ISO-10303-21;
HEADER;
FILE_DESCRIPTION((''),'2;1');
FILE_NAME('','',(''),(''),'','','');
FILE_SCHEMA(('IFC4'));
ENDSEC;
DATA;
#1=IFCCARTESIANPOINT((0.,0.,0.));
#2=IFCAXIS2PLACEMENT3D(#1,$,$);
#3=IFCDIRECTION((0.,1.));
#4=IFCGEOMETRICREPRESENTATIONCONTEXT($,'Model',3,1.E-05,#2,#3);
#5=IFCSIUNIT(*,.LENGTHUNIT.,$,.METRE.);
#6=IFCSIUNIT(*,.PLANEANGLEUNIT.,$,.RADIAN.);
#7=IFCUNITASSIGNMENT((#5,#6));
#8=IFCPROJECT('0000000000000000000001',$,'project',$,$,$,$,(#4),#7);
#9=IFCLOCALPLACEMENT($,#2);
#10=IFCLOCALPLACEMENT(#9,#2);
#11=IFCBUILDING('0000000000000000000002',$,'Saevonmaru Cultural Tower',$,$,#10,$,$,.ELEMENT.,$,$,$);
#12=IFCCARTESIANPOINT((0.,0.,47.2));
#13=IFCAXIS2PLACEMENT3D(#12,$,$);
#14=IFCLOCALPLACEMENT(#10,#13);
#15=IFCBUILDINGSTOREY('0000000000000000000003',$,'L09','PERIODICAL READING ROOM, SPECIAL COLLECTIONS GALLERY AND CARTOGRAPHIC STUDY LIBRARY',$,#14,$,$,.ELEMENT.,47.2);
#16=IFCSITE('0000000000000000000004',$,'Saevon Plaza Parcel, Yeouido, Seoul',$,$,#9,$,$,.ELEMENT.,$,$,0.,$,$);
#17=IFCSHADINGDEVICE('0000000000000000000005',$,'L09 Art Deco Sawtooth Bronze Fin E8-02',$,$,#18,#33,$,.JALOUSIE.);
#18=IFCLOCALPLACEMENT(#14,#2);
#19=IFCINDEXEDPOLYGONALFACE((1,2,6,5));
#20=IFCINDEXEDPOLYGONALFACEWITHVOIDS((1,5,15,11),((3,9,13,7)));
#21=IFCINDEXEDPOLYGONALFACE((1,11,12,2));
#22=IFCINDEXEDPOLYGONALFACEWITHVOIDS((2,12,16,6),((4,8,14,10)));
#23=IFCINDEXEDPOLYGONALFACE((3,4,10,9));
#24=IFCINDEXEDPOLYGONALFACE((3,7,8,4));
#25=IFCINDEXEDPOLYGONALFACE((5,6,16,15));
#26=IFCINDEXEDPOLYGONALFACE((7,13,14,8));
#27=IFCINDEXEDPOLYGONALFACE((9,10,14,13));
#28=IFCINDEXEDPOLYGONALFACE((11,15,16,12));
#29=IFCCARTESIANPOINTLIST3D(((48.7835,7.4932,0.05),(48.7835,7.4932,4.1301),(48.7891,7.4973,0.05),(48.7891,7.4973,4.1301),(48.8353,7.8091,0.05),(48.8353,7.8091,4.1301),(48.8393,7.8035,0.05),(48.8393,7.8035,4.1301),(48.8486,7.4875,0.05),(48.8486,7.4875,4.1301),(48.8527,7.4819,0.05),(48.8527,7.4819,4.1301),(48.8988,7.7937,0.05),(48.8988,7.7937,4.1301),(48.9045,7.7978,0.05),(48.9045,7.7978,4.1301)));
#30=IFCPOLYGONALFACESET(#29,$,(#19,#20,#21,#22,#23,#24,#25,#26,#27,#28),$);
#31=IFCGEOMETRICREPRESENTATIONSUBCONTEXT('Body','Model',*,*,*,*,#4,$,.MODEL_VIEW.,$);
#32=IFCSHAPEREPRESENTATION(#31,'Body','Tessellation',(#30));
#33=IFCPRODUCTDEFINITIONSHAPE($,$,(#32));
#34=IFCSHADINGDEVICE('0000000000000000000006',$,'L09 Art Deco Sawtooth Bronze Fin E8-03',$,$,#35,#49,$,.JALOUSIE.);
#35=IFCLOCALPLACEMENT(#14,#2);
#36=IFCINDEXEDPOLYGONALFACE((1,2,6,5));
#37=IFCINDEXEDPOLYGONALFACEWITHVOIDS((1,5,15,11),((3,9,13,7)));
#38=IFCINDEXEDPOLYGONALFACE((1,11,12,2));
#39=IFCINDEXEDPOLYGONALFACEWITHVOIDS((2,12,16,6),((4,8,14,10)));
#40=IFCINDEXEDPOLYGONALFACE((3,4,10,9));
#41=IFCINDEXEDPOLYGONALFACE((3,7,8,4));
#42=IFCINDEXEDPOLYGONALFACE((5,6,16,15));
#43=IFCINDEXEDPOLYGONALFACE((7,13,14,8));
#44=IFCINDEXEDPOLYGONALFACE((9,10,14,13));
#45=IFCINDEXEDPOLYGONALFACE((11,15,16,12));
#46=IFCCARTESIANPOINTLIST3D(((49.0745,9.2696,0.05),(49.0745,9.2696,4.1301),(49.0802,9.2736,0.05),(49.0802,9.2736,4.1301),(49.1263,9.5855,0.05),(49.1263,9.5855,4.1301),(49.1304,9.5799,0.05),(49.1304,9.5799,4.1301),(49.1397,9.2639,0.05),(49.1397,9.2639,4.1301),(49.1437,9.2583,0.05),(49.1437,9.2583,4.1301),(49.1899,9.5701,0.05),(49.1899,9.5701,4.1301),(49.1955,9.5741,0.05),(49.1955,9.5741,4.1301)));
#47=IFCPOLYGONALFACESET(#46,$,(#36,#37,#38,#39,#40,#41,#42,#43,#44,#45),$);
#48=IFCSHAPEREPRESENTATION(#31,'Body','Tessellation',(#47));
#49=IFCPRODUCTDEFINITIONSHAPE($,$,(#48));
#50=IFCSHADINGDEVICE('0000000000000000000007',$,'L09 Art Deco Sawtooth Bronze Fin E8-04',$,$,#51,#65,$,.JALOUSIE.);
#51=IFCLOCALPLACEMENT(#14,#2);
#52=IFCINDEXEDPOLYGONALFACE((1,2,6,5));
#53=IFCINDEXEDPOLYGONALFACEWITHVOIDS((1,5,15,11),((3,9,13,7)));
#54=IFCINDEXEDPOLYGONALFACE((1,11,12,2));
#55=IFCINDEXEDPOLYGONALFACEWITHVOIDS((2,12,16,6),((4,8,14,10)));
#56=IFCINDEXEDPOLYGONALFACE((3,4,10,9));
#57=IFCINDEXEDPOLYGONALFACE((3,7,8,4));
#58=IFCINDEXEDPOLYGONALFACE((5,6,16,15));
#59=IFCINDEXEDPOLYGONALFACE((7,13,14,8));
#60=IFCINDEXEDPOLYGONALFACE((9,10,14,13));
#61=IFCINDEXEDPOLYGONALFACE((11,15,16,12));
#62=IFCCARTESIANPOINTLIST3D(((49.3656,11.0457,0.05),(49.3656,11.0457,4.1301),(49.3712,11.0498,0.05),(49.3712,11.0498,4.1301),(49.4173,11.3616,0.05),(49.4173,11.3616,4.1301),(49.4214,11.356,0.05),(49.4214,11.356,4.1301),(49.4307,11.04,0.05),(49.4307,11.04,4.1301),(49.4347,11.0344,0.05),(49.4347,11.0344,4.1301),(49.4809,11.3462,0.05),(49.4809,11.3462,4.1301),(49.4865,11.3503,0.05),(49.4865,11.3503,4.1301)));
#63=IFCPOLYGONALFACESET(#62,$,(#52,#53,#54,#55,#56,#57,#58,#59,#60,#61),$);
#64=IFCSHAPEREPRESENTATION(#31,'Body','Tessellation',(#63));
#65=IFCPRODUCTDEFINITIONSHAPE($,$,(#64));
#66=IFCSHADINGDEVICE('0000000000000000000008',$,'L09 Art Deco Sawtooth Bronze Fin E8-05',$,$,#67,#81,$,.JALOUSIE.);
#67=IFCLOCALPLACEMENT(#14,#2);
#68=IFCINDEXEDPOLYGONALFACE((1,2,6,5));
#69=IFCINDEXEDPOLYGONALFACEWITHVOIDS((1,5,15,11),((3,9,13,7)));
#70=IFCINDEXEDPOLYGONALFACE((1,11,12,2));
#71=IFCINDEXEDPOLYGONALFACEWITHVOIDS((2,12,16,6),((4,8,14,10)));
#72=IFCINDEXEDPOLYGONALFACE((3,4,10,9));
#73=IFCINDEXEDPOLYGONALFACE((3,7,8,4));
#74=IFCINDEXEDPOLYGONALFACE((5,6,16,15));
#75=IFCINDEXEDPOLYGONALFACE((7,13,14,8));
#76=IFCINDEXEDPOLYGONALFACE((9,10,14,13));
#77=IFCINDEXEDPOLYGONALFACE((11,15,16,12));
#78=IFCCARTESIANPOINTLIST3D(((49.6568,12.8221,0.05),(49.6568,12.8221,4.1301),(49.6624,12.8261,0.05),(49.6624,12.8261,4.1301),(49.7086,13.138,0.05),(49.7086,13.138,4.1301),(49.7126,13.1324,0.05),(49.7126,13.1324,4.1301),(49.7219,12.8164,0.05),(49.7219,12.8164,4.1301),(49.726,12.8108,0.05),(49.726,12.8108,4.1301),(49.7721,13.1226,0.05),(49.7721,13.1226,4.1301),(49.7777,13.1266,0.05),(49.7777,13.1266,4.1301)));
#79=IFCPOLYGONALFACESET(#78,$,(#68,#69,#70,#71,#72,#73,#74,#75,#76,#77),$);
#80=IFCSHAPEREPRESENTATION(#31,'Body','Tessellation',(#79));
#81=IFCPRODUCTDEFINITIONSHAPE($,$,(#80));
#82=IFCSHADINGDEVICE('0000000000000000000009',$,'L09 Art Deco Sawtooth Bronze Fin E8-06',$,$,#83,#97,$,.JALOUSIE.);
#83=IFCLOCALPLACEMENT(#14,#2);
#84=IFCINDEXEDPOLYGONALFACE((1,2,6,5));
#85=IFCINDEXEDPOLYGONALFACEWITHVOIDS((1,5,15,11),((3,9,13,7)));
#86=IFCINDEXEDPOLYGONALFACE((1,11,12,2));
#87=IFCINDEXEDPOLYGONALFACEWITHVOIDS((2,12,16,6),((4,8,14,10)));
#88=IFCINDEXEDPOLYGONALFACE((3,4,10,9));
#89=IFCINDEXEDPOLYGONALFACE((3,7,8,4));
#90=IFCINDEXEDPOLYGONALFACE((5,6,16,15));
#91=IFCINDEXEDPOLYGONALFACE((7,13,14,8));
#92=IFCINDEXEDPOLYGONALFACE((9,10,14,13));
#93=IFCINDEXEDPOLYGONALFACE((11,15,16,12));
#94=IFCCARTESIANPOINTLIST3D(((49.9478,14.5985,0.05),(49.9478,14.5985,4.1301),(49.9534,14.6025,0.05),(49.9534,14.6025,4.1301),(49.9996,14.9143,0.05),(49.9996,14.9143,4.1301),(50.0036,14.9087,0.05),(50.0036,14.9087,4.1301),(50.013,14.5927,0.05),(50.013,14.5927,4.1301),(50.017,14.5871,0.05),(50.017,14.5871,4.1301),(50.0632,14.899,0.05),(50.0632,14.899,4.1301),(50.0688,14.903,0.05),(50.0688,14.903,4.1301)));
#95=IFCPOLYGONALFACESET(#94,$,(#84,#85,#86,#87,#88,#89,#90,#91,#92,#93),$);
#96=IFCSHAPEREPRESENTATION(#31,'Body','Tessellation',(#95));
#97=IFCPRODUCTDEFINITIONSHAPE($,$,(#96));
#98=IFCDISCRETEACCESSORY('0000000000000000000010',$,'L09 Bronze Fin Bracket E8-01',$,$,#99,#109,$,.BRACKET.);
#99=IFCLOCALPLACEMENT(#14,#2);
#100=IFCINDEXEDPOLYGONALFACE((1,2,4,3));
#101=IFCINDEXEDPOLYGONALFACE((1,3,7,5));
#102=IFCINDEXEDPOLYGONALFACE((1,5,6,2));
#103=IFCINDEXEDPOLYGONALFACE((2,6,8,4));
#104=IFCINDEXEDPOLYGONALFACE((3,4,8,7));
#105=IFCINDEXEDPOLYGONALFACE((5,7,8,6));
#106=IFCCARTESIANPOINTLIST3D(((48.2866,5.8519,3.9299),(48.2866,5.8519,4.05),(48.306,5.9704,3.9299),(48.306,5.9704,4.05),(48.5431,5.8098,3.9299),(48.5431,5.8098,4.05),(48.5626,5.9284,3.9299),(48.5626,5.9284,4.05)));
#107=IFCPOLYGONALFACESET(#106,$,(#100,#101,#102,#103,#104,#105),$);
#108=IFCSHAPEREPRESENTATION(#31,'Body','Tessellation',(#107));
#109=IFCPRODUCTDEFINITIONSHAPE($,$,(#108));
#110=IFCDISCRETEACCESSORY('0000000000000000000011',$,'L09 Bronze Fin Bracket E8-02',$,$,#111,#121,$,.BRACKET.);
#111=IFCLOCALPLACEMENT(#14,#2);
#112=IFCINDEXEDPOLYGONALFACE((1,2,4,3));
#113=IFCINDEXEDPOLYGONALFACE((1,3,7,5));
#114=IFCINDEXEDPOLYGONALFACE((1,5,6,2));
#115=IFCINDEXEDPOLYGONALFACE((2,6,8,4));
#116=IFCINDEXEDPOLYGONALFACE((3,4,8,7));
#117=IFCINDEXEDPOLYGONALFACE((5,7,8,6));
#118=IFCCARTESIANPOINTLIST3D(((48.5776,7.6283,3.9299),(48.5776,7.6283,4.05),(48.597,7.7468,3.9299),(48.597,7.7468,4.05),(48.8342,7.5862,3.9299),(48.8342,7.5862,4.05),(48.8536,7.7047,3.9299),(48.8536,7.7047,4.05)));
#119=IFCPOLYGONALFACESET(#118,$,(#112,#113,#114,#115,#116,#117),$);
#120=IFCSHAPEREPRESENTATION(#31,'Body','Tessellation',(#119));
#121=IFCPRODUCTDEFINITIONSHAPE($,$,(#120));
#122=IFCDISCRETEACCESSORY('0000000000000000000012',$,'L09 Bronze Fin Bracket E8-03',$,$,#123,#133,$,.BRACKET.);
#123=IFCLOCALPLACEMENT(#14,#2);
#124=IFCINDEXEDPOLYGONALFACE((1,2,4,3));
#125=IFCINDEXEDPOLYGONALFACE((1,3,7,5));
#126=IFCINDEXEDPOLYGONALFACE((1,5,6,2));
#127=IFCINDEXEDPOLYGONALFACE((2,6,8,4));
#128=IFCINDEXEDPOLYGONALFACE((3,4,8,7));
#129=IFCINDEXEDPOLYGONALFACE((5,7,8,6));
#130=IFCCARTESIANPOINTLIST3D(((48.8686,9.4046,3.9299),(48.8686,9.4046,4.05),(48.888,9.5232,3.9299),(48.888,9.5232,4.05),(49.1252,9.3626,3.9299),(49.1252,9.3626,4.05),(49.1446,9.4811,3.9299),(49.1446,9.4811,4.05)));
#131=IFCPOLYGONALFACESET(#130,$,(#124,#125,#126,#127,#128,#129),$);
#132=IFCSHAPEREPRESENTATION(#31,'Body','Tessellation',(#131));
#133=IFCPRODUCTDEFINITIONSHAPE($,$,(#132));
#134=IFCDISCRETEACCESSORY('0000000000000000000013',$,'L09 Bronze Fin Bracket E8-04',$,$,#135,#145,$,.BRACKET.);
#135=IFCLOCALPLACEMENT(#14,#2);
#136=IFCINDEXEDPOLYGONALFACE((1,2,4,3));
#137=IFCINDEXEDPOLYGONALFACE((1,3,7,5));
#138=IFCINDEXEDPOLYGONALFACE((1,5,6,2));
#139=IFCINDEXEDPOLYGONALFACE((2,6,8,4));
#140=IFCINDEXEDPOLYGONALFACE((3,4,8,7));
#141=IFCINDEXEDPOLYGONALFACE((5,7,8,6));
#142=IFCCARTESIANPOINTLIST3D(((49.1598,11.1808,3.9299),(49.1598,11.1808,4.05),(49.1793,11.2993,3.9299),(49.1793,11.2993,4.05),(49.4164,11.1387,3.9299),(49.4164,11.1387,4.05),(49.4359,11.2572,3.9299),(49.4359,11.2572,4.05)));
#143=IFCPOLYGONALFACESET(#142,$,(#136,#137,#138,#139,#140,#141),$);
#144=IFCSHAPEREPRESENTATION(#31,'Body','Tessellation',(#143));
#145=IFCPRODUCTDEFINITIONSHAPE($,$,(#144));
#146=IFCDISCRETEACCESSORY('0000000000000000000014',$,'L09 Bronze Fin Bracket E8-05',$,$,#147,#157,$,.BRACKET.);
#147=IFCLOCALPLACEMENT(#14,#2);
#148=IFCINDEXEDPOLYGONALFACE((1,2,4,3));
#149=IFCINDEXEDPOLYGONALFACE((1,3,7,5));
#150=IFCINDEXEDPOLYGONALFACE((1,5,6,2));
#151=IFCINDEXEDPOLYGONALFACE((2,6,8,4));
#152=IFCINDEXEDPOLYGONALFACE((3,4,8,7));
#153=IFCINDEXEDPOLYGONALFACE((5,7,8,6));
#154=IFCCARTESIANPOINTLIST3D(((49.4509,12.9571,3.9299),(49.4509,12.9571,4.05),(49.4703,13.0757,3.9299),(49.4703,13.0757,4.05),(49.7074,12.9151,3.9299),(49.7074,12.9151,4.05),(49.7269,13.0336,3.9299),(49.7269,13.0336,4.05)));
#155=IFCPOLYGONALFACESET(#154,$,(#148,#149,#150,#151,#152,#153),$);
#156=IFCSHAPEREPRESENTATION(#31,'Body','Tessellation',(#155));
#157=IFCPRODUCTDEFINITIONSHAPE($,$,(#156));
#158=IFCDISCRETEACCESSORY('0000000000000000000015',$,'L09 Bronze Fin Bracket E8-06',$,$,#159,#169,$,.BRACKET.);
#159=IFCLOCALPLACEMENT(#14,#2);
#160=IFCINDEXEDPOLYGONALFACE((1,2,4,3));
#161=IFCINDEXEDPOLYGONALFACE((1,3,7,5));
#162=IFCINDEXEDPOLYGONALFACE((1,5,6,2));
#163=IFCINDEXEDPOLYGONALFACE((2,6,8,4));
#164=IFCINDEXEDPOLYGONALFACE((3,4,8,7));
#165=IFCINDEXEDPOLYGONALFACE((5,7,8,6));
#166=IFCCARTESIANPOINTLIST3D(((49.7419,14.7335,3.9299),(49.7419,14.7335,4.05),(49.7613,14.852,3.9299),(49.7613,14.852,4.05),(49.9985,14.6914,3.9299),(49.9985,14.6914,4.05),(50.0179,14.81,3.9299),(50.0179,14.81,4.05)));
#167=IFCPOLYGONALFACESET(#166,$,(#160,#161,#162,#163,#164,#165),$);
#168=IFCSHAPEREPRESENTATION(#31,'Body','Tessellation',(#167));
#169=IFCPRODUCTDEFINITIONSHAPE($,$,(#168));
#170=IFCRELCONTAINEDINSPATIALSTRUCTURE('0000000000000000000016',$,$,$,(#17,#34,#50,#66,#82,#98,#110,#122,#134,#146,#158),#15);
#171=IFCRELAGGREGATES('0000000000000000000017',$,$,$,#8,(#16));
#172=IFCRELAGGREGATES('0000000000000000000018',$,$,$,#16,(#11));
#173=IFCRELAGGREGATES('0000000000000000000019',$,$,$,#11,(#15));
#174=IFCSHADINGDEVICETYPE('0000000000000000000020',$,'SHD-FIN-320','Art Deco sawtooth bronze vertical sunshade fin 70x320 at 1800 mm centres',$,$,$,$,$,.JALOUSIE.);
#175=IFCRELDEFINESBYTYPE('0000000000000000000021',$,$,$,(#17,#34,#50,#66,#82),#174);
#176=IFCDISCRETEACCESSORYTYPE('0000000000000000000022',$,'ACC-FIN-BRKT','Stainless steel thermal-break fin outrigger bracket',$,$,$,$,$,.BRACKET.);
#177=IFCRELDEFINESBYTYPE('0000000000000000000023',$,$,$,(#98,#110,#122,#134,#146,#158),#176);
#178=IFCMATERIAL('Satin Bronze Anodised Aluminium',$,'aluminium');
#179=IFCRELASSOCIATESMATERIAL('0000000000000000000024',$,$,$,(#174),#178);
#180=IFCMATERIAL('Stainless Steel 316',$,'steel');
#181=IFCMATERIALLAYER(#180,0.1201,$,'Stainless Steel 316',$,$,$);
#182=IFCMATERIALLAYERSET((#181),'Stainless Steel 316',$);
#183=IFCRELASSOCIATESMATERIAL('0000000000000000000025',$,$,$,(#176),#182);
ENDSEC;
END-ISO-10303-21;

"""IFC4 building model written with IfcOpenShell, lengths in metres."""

from ifc_helpers import new_model, si_unit, direction, frame, origin, origin_2d, place, context, subcontext, project, spatial, rectangle, hollow_rectangle, extrude, material, layer, layer_set, material_profile, profile_set, type_object, element, save


model = new_model("IFC4")

# Units and contexts
model_context = context("Model", 3, precision=1e-05, world=origin(), true_north=direction((0.0, 1.0)))
body_context = subcontext(model_context, "Body", "Model", "MODEL_VIEW")
ifc_project = project(units=[si_unit("LENGTHUNIT", "METRE"), si_unit("PLANEANGLEUNIT", "RADIAN")], contexts=[model_context])

# Site, building, storey
site_placement = place(None, origin())
site = spatial("IfcSite", under=ifc_project, at=site_placement, Name="Saevon Plaza Parcel, Yeouido, Seoul", CompositionType="ELEMENT", RefElevation=0.0)
building_placement = place(site_placement, origin())
building = spatial("IfcBuilding", under=site, at=building_placement, Name="Saevonmaru Cultural Tower", CompositionType="ELEMENT")
storey_placement = place(building_placement, frame((0.0, 0.0, 47.2)))
storey = spatial("IfcBuildingStorey", under=building, at=storey_placement, Name="L09", Description="PERIODICAL READING ROOM, SPECIAL COLLECTIONS GALLERY AND CARTOGRAPHIC STUDY LIBRARY", CompositionType="ELEMENT", Elevation=47.2)

# Shared definitions
ifc_material_1 = material(Name="Satin Bronze Anodised Aluminium", Category="aluminium")

# Shading devices
ifc_material_profile_1 = material_profile(ifc_material_1, hollow_rectangle(XDim=0.0701, YDim=0.3201, WallThickness=0.0049, at=origin_2d()), Name="FIN-320x70")
ifc_profile_set_1 = profile_set([ifc_material_profile_1], Name="Satin Bronze Anodised Aluminium")
shading_device_type = type_object("IfcShadingDeviceType", Name="SHD-FIN-320", Description="Art Deco sawtooth bronze vertical sunshade fin 70x320 at 1800 mm centres", PredefinedType="JALOUSIE", material=ifc_profile_set_1)
for number, where, z_axis, x_axis, name in (
    (1, (48.844, 7.6455, 0.05), (0.0, 0.0, 1.0), (0.986827, -0.161776, 0.0), "L09 Art Deco Sawtooth Bronze Fin E8-02"),
    (2, (49.135, 9.4219, 0.05), (0.0, 0.0, 1.0), (0.986827, -0.161776, 0.0), "L09 Art Deco Sawtooth Bronze Fin E8-03"),
    (3, (49.426, 11.198, 0.05), (0.0, 0.0, 1.0), (0.986827, -0.161776, 0.0), "L09 Art Deco Sawtooth Bronze Fin E8-04"),
    (4, (49.7173, 12.9744, 0.05), (0.0, 0.0, 1.0), (0.986827, -0.161776, 0.0), "L09 Art Deco Sawtooth Bronze Fin E8-05"),
    (5, (50.0083, 14.7507, 0.05), (0.0, 0.0, 1.0), (0.986827, -0.161776, 0.0), "L09 Art Deco Sawtooth Bronze Fin E8-06"),
):
    element("IfcShadingDevice", number, at=place(storey_placement, frame(where, z_axis=z_axis, x_axis=x_axis)), inside=storey, type_object=shading_device_type, Name=name, PredefinedType="JALOUSIE", context=body_context, shape_type="SweptSolid", body=[
        extrude(hollow_rectangle(XDim=0.0701, YDim=0.3201, WallThickness=0.0049, at=origin_2d()), origin(), (0.0, 0.0, 1.0), 4.0801),
    ])

# Discrete accessories
ifc_material_2 = material(Name="Stainless Steel 316", Category="steel")
ifc_layer_1 = layer(ifc_material_2, 0.1201, Name="Stainless Steel 316")
ifc_layer_set_1 = layer_set([ifc_layer_1], Name="Stainless Steel 316")
discrete_accessory_type = type_object("IfcDiscreteAccessoryType", Name="ACC-FIN-BRKT", Description="Stainless steel thermal-break fin outrigger bracket", PredefinedType="BRACKET", material=ifc_layer_set_1)
for number, where, z_axis, x_axis, name in (
    (6, (48.4246, 5.8901, 3.9299), (0.0, 0.0, 1.0), (0.986827, -0.161776, 0.0), "L09 Bronze Fin Bracket E8-01"),
    (7, (48.7156, 7.6665, 3.9299), (0.0, 0.0, 1.0), (0.986827, -0.161776, 0.0), "L09 Bronze Fin Bracket E8-02"),
    (8, (49.0066, 9.4429, 3.9299), (0.0, 0.0, 1.0), (0.986827, -0.161776, 0.0), "L09 Bronze Fin Bracket E8-03"),
    (9, (49.2979, 11.219, 3.9299), (0.0, 0.0, 1.0), (0.986827, -0.161776, 0.0), "L09 Bronze Fin Bracket E8-04"),
    (10, (49.5889, 12.9954, 3.9299), (0.0, 0.0, 1.0), (0.986827, -0.161776, 0.0), "L09 Bronze Fin Bracket E8-05"),
    (11, (49.8799, 14.7717, 3.9299), (0.0, 0.0, 1.0), (0.986827, -0.161776, 0.0), "L09 Bronze Fin Bracket E8-06"),
):
    element("IfcDiscreteAccessory", number, at=place(storey_placement, frame(where, z_axis=z_axis, x_axis=x_axis)), inside=storey, type_object=discrete_accessory_type, Name=name, PredefinedType="BRACKET", context=body_context, shape_type="SweptSolid", body=[
        extrude(rectangle(XDim=0.26, YDim=0.1201, at=origin_2d()), origin(), (0.0, 0.0, 1.0), 0.1201),
    ])

save(model, "model.ifc")
